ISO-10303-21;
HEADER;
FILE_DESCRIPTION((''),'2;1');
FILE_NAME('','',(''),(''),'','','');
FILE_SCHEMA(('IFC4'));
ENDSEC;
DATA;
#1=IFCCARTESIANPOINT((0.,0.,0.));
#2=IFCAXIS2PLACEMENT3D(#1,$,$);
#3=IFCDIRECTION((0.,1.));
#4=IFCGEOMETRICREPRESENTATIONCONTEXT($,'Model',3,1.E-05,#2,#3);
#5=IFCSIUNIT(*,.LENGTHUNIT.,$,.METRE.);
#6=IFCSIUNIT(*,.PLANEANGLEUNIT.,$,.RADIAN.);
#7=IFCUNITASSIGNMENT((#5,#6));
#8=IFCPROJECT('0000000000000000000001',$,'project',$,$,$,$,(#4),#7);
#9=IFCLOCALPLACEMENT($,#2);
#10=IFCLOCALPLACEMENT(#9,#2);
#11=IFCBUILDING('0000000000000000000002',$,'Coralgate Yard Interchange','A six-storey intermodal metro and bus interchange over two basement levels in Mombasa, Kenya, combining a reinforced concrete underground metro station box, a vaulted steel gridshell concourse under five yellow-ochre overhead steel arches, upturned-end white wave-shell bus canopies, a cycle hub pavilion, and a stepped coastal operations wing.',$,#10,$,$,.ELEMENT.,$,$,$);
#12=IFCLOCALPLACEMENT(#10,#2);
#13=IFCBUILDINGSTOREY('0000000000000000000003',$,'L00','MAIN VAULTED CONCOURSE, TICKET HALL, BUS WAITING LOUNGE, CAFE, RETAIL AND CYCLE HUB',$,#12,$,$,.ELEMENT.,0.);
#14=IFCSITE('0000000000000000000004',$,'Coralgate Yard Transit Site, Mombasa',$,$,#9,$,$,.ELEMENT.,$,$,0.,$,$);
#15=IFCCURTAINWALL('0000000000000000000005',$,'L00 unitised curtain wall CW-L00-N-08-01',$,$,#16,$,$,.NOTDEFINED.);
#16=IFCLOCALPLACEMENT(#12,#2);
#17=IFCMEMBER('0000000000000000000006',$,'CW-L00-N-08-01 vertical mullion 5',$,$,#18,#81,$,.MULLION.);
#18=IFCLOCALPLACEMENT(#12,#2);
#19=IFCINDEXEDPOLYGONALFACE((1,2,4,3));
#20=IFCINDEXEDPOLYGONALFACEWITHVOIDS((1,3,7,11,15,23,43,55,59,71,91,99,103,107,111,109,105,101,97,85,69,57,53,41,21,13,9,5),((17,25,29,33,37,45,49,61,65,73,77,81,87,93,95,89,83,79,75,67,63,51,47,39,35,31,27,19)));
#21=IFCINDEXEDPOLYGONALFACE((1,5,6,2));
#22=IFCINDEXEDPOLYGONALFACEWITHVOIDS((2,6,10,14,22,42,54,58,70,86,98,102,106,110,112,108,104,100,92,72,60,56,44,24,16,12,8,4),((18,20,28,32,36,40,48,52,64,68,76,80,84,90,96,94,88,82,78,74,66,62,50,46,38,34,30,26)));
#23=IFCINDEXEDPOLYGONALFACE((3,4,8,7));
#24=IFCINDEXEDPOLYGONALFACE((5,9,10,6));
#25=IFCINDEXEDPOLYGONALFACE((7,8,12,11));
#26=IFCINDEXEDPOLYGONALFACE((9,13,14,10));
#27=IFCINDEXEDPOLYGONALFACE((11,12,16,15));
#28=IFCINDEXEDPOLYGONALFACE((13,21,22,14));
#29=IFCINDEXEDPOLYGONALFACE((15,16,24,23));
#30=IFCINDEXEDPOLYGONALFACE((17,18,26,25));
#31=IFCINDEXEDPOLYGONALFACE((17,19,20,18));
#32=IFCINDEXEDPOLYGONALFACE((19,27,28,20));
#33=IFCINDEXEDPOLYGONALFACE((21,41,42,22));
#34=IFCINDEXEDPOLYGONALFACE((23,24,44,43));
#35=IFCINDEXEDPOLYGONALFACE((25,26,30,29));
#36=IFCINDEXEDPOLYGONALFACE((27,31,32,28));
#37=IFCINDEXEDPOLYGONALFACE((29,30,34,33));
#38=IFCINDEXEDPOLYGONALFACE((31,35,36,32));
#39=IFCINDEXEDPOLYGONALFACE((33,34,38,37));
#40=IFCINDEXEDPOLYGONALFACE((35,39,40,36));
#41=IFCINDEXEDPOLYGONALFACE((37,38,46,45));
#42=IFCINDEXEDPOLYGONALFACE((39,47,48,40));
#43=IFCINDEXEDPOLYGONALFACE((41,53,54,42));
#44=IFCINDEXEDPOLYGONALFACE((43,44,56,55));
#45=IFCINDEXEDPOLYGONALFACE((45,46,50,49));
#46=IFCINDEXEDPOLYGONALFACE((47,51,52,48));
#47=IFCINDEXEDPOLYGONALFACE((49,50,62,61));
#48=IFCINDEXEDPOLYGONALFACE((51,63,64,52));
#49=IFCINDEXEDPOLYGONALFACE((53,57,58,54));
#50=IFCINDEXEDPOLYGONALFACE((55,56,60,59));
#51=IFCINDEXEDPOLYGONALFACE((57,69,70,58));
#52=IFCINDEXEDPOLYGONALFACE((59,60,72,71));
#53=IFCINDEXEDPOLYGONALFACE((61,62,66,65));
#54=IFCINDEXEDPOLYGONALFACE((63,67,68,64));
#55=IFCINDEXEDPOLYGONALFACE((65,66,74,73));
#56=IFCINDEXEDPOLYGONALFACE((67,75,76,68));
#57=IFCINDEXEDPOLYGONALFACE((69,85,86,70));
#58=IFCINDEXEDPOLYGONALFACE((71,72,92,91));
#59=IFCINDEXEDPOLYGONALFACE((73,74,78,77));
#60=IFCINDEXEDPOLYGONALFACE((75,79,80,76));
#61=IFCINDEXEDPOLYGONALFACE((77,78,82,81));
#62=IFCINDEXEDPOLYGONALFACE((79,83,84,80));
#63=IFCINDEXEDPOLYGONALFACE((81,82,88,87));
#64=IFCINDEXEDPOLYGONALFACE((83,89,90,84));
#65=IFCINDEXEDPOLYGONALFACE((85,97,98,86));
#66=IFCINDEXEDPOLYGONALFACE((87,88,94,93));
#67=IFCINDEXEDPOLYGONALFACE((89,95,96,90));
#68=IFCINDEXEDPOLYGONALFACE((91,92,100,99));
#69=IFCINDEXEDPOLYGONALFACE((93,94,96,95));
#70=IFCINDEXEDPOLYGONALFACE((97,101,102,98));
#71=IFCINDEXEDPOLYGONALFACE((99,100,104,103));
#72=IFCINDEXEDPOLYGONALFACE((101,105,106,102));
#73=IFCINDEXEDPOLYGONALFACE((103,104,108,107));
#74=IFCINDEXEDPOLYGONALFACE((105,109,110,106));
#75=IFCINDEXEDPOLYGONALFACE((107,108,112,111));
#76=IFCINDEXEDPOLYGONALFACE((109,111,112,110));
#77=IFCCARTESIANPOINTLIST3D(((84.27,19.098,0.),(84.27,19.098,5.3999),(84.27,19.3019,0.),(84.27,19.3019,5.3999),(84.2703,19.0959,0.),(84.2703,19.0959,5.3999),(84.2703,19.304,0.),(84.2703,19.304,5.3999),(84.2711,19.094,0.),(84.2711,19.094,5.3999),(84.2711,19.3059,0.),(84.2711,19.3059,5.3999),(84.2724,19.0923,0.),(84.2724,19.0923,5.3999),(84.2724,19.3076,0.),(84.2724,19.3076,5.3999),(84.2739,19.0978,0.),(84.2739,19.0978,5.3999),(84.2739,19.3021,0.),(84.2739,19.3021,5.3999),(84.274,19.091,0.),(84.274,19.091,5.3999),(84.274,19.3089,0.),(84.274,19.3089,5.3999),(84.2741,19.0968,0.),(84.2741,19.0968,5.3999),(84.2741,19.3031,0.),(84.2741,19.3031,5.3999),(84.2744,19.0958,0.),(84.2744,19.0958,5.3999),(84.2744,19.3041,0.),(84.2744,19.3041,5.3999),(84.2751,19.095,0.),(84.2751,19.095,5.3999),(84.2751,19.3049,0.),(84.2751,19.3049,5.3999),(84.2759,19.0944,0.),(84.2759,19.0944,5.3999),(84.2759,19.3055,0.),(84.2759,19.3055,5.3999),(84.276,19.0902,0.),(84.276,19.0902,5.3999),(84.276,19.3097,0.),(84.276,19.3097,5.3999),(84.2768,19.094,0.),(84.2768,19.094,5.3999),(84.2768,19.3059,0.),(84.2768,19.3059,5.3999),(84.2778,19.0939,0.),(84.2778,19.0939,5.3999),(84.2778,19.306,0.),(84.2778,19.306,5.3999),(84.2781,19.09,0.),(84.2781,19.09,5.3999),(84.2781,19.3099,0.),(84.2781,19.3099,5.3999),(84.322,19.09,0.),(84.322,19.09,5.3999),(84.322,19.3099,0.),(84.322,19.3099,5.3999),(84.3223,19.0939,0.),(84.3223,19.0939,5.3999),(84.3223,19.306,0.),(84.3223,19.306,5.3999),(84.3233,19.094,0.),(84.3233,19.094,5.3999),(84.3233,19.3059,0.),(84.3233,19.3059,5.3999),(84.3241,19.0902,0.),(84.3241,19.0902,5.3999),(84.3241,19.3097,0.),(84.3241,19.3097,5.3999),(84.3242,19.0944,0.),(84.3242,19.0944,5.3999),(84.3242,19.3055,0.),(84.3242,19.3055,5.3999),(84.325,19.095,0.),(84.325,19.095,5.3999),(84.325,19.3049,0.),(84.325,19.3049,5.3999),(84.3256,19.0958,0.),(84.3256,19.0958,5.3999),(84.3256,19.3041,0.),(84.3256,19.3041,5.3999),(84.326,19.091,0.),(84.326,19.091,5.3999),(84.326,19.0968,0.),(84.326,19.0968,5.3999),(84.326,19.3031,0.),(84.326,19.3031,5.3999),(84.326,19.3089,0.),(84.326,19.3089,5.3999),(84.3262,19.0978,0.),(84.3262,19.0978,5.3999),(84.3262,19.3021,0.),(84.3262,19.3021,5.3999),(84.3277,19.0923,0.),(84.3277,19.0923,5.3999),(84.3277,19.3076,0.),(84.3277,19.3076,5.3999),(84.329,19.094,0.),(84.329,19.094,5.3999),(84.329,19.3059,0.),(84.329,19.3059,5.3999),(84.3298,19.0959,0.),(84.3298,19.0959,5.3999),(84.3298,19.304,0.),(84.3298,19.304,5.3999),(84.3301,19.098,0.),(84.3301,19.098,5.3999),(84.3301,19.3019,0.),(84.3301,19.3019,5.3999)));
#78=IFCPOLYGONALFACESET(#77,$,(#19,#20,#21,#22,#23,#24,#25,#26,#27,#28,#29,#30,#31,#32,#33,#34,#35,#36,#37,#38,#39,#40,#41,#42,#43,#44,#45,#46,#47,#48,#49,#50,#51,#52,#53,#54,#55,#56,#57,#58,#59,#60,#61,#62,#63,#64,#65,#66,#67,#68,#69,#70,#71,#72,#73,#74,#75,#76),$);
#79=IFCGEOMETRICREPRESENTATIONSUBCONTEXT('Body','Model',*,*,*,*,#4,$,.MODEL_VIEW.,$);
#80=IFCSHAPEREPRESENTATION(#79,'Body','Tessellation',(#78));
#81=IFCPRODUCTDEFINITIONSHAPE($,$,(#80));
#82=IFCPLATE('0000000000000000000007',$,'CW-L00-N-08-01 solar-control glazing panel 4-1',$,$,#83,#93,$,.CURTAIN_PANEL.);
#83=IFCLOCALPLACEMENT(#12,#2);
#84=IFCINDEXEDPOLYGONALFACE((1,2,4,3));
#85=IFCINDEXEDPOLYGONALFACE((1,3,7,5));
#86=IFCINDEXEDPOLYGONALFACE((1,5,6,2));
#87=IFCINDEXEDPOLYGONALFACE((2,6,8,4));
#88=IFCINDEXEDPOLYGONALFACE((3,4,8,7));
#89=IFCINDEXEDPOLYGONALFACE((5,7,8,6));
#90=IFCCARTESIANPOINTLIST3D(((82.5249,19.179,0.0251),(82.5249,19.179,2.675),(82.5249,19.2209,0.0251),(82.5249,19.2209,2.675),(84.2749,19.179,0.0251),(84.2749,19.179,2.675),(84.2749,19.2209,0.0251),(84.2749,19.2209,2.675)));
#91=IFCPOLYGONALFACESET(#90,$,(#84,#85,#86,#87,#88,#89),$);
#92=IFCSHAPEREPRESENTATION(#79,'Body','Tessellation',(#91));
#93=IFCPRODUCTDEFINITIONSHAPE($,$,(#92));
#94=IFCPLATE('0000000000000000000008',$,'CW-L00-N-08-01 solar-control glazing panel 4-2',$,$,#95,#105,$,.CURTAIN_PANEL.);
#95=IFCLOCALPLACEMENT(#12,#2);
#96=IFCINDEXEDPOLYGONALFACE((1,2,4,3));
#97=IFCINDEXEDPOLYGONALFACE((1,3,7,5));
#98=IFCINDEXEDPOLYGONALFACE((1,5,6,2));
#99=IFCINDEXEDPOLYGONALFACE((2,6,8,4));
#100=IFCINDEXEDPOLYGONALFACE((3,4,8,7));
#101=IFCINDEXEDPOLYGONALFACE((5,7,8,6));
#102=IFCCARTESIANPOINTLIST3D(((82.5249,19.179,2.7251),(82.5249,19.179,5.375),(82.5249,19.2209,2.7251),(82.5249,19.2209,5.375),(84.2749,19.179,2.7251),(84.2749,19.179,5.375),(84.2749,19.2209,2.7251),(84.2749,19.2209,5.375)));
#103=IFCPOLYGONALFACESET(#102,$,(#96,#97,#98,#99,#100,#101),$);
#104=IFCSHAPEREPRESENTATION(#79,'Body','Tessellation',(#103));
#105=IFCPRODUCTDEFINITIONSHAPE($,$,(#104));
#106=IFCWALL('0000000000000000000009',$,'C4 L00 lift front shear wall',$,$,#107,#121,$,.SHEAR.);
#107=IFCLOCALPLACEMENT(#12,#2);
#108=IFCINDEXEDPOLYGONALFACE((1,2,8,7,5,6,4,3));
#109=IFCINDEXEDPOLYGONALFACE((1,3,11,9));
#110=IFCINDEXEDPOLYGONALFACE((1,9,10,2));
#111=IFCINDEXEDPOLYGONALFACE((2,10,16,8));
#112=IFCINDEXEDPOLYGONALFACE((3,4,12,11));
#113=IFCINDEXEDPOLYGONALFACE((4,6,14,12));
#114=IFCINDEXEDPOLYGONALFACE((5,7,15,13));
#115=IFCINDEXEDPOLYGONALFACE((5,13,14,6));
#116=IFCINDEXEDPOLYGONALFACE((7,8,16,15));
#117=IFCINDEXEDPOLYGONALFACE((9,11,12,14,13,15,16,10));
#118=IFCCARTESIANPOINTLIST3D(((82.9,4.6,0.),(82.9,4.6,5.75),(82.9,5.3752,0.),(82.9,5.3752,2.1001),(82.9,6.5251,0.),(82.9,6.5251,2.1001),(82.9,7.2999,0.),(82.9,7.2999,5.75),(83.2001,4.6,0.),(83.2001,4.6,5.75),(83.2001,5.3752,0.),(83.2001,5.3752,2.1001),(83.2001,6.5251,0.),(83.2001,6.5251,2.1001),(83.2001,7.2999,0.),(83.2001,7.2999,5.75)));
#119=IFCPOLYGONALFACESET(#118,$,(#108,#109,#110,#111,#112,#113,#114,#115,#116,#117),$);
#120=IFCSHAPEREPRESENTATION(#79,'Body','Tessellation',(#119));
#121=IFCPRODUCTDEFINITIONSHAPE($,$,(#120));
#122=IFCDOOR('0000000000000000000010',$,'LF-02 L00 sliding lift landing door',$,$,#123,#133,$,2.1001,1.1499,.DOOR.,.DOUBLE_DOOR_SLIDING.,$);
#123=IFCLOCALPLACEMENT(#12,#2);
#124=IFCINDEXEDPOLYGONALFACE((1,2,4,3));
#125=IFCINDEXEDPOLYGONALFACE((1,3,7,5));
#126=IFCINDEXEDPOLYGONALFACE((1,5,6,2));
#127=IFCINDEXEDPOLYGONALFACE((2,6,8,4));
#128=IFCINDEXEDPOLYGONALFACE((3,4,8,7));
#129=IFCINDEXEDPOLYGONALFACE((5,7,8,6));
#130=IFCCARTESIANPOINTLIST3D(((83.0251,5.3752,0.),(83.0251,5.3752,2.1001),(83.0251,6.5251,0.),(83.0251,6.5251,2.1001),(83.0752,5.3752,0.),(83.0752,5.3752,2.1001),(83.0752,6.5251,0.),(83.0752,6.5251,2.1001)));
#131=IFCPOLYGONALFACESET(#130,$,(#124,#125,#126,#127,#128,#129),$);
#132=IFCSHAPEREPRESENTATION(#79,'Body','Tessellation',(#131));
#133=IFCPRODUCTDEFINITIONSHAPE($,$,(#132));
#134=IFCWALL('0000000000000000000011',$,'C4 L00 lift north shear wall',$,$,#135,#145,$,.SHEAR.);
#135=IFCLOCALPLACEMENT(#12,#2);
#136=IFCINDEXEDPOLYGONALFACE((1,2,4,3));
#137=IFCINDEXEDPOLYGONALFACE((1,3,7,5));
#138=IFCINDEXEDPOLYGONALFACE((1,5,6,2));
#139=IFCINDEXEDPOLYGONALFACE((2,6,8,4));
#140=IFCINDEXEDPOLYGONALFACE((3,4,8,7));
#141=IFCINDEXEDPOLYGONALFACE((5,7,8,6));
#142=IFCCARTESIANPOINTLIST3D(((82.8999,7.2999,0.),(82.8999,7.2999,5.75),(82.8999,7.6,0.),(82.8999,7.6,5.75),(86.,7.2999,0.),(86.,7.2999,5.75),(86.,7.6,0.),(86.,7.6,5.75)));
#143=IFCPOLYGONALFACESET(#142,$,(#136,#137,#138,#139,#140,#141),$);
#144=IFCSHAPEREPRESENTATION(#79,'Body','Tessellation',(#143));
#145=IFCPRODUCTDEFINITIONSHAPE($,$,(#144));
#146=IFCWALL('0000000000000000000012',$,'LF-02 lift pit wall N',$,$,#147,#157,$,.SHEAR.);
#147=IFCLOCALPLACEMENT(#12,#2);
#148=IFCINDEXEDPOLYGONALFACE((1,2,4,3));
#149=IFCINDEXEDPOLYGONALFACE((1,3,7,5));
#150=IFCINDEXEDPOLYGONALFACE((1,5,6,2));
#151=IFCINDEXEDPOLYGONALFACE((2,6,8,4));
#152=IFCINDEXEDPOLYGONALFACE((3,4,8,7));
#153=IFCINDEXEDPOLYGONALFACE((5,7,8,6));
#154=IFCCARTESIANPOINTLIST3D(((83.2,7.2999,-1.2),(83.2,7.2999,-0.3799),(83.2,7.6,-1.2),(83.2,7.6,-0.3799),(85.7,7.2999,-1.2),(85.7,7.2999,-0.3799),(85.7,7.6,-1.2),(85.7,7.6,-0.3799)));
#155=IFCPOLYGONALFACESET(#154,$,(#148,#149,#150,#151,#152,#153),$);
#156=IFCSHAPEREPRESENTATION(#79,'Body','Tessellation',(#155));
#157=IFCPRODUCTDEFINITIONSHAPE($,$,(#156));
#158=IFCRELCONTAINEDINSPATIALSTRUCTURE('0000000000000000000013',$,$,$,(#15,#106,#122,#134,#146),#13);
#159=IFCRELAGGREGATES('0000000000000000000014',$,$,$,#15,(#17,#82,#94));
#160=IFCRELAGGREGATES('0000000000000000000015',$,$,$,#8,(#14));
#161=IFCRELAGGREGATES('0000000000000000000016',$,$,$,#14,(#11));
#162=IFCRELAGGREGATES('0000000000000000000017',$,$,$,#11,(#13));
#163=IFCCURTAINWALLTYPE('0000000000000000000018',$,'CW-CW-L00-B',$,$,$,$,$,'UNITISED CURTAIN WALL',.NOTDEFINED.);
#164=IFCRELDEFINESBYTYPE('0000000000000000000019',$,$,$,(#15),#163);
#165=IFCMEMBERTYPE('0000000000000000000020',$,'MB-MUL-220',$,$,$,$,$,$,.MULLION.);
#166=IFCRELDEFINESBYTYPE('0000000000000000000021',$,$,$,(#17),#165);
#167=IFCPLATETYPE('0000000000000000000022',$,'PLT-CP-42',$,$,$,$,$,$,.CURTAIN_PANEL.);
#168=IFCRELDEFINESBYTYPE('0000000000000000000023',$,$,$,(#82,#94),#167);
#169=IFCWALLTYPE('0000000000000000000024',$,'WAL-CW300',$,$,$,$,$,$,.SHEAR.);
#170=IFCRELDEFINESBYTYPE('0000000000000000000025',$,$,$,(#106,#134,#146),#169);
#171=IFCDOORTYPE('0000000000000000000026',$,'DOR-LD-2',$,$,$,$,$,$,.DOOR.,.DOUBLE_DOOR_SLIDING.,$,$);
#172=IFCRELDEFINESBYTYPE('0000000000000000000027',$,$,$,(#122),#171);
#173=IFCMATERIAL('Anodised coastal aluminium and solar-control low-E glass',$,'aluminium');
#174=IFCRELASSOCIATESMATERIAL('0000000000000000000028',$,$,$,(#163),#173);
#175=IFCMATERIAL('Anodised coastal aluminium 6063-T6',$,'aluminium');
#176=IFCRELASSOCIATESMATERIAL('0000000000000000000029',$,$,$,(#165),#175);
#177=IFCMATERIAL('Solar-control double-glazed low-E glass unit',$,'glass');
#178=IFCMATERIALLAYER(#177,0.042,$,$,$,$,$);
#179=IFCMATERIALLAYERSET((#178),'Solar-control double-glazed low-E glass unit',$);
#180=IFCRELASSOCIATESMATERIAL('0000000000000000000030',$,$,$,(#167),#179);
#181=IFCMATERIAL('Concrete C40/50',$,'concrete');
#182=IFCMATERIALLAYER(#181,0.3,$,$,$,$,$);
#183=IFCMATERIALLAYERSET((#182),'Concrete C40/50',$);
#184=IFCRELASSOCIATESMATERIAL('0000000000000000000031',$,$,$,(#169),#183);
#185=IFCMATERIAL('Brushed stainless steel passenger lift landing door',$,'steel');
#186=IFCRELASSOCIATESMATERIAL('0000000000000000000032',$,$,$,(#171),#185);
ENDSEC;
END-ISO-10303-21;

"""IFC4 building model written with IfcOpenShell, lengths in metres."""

from ifc_helpers import new_model, si_unit, direction, frame, frame_2d, origin, origin_2d, place, context, subcontext, project, spatial, rectangle, hollow_rectangle, extrude, material, layer, layer_set, material_profile, profile_set, type_object, element, fill, aggregate, save


model = new_model("IFC4")

# Units and contexts
model_context = context("Model", 3, precision=1e-05, world=origin(), true_north=direction((0.0, 1.0)))
body_context = subcontext(model_context, "Body", "Model", "MODEL_VIEW")
ifc_project = project(units=[si_unit("LENGTHUNIT", "METRE"), si_unit("PLANEANGLEUNIT", "RADIAN")], contexts=[model_context])

# Site, building, storey
site_placement = place(None, origin())
site = spatial("IfcSite", under=ifc_project, at=site_placement, Name="Coralgate Yard Transit Site, Mombasa", CompositionType="ELEMENT", RefElevation=0.0)
building_placement = place(site_placement, origin())
building = spatial("IfcBuilding", under=site, at=building_placement, Name="Coralgate Yard Interchange", Description="A six-storey intermodal metro and bus interchange over two basement levels in Mombasa, Kenya, combining a reinforced concrete underground metro station box, a vaulted steel gridshell concourse under five yellow-ochre overhead steel arches, upturned-end white wave-shell bus canopies, a cycle hub pavilion, and a stepped coastal operations wing.", CompositionType="ELEMENT")
storey_placement = place(building_placement, origin())
storey = spatial("IfcBuildingStorey", under=building, at=storey_placement, Name="L00", Description="MAIN VAULTED CONCOURSE, TICKET HALL, BUS WAITING LOUNGE, CAFE, RETAIL AND CYCLE HUB", CompositionType="ELEMENT", Elevation=0.0)

# Shared definitions
ifc_material_1 = material(Name="Concrete C40/50", Category="concrete")

# Curtain wall, member, plates
ifc_material_2 = material(Name="Anodised coastal aluminium and solar-control low-E glass", Category="aluminium")
curtain_wall_type = type_object("IfcCurtainWallType", Name="CW-CW-L00-B", ElementType="UNITISED CURTAIN WALL", PredefinedType="NOTDEFINED", material=ifc_material_2)
curtain_wall_placement = place(storey_placement, origin())
curtain_wall = element("IfcCurtainWall", 1, at=curtain_wall_placement, inside=storey, type_object=curtain_wall_type, Name="L00 unitised curtain wall CW-L00-N-08-01", PredefinedType="NOTDEFINED")
ifc_material_3 = material(Name="Anodised coastal aluminium 6063-T6", Category="aluminium")
ifc_material_profile_1 = material_profile(ifc_material_3, hollow_rectangle(XDim=0.0601, YDim=0.22, WallThickness=0.0039, InnerFilletRadius=0.0039, OuterFilletRadius=0.0081, at=origin_2d()), Name="ALU 60x220x4")
ifc_profile_set_1 = profile_set([ifc_material_profile_1], Name="Anodised coastal aluminium 6063-T6")
member_type = type_object("IfcMemberType", Name="MB-MUL-220", PredefinedType="MULLION", material=ifc_profile_set_1)
member_placement = place(storey_placement, frame((84.3, 19.2, 0.0), z_axis=(0.0, 0.0, 1.0), x_axis=(1.0, 0.0, 0.0)))
member = element("IfcMember", 2, at=member_placement, type_object=member_type, Name="CW-L00-N-08-01 vertical mullion 5", PredefinedType="MULLION", context=body_context, shape_type="SweptSolid", body=[
    extrude(hollow_rectangle(XDim=0.0601, YDim=0.22, WallThickness=0.0039, InnerFilletRadius=0.0039, OuterFilletRadius=0.0081, at=origin_2d()), origin(), (0.0, 0.0, 1.0), 5.3999),
])
ifc_material_4 = material(Name="Solar-control double-glazed low-E glass unit", Category="glass")
ifc_layer_1 = layer(ifc_material_4, 0.042)
ifc_layer_set_1 = layer_set([ifc_layer_1], Name="Solar-control double-glazed low-E glass unit")
plate_type = type_object("IfcPlateType", Name="PLT-CP-42", PredefinedType="CURTAIN_PANEL", material=ifc_layer_set_1)
plate_1_placement = place(storey_placement, frame((83.3999, 19.2, 0.0251), z_axis=(0.0, 0.0, 1.0), x_axis=(1.0, 0.0, 0.0)))
plate_1 = element("IfcPlate", 3, at=plate_1_placement, type_object=plate_type, Name="CW-L00-N-08-01 solar-control glazing panel 4-1", PredefinedType="CURTAIN_PANEL", context=body_context, shape_type="SweptSolid", body=[
    extrude(rectangle(XDim=1.75, YDim=0.042, at=origin_2d()), origin(), (0.0, 0.0, 1.0), 2.6499),
])
plate_2_placement = place(storey_placement, frame((83.3999, 19.2, 2.7251), z_axis=(0.0, 0.0, 1.0), x_axis=(1.0, 0.0, 0.0)))
plate_2 = element("IfcPlate", 4, at=plate_2_placement, type_object=plate_type, Name="CW-L00-N-08-01 solar-control glazing panel 4-2", PredefinedType="CURTAIN_PANEL", context=body_context, shape_type="SweptSolid", body=[
    extrude(rectangle(XDim=1.75, YDim=0.042, at=origin_2d()), origin(), (0.0, 0.0, 1.0), 2.6499),
])
aggregate(curtain_wall, [member, plate_1, plate_2])

# Wall, opening, door
ifc_layer_2 = layer(ifc_material_1, 0.3)
ifc_layer_set_2 = layer_set([ifc_layer_2], Name="Concrete C40/50")
wall_type_1 = type_object("IfcWallType", Name="WAL-CW300", PredefinedType="SHEAR", material=ifc_layer_set_2)
wall_1_placement = place(storey_placement, frame((83.05, 7.3, 0.0), z_axis=(0.0, 0.0, 1.0), x_axis=(0.0, -1.0, 0.0)))
wall_1 = element("IfcWall", 5, at=wall_1_placement, inside=storey, type_object=wall_type_1, Name="C4 L00 lift front shear wall", PredefinedType="SHEAR", context=body_context, shape_type="SweptSolid", body=[
    extrude(rectangle(XDim=2.7, YDim=0.3, at=frame_2d((1.3501, 0.0))), origin(), (0.0, 0.0, 1.0), 5.75),
])
opening_1_placement = place(wall_1_placement, frame((0.7749, 0.0, 0.0)))
opening_1 = element("IfcOpeningElement", 6, at=opening_1_placement, cuts=wall_1, PredefinedType="OPENING", context=body_context, shape_type="SweptSolid", body=[
    extrude(rectangle(XDim=1.1499, YDim=2.1001, at=frame_2d((0.575, 1.05))), frame((0.0, 0.1599, 0.0), z_axis=(0.0, -1.0, 0.0), x_axis=(1.0, 0.0, 0.0)), (0.0, 0.0, 1.0), 0.3201),
])
ifc_material_5 = material(Name="Brushed stainless steel passenger lift landing door", Category="steel")
door_type_1 = type_object("IfcDoorType", Name="DOR-LD-2", OperationType="DOUBLE_DOOR_SLIDING", PredefinedType="DOOR", material=ifc_material_5)
door_1_placement = place(opening_1_placement, frame((1.1499, 0.0, 0.0), z_axis=(0.0, 0.0, 1.0), x_axis=(-1.0, 0.0, 0.0)))
door_1 = element("IfcDoor", 7, at=door_1_placement, inside=storey, type_object=door_type_1, Name="LF-02 L00 sliding lift landing door", OperationType="DOUBLE_DOOR_SLIDING", OverallHeight=2.1001, OverallWidth=1.1499, PredefinedType="DOOR", context=body_context, shape_type="SweptSolid", body=[
    extrude(rectangle(XDim=1.1499, YDim=2.1001, at=frame_2d((0.575, 1.05))), frame((0.0, 0.0249, 0.0), z_axis=(0.0, -1.0, 0.0), x_axis=(1.0, 0.0, 0.0)), (0.0, 0.0, 1.0), 0.05),
])
fill(opening_1, door_1)

# Walls
wall_2_placement = place(storey_placement, frame((82.8999, 7.45, 0.0), z_axis=(0.0, 0.0, 1.0), x_axis=(1.0, 0.0, 0.0)))
element("IfcWall", 8, at=wall_2_placement, inside=storey, type_object=wall_type_1, Name="C4 L00 lift north shear wall", PredefinedType="SHEAR", context=body_context, shape_type="SweptSolid", body=[
    extrude(rectangle(XDim=3.1001, YDim=0.3, at=frame_2d((1.55, 0.0))), origin(), (0.0, 0.0, 1.0), 5.75),
])
wall_3_placement = place(storey_placement, frame((83.2, 7.45, -1.2), z_axis=(0.0, 0.0, 1.0), x_axis=(1.0, 0.0, 0.0)))
element("IfcWall", 9, at=wall_3_placement, inside=storey, type_object=wall_type_1, Name="LF-02 lift pit wall N", PredefinedType="SHEAR", context=body_context, shape_type="SweptSolid", body=[
    extrude(rectangle(XDim=2.5, YDim=0.3, at=frame_2d((1.25, 0.0))), origin(), (0.0, 0.0, 1.0), 0.8201),
])

save(model, "model.ifc")
